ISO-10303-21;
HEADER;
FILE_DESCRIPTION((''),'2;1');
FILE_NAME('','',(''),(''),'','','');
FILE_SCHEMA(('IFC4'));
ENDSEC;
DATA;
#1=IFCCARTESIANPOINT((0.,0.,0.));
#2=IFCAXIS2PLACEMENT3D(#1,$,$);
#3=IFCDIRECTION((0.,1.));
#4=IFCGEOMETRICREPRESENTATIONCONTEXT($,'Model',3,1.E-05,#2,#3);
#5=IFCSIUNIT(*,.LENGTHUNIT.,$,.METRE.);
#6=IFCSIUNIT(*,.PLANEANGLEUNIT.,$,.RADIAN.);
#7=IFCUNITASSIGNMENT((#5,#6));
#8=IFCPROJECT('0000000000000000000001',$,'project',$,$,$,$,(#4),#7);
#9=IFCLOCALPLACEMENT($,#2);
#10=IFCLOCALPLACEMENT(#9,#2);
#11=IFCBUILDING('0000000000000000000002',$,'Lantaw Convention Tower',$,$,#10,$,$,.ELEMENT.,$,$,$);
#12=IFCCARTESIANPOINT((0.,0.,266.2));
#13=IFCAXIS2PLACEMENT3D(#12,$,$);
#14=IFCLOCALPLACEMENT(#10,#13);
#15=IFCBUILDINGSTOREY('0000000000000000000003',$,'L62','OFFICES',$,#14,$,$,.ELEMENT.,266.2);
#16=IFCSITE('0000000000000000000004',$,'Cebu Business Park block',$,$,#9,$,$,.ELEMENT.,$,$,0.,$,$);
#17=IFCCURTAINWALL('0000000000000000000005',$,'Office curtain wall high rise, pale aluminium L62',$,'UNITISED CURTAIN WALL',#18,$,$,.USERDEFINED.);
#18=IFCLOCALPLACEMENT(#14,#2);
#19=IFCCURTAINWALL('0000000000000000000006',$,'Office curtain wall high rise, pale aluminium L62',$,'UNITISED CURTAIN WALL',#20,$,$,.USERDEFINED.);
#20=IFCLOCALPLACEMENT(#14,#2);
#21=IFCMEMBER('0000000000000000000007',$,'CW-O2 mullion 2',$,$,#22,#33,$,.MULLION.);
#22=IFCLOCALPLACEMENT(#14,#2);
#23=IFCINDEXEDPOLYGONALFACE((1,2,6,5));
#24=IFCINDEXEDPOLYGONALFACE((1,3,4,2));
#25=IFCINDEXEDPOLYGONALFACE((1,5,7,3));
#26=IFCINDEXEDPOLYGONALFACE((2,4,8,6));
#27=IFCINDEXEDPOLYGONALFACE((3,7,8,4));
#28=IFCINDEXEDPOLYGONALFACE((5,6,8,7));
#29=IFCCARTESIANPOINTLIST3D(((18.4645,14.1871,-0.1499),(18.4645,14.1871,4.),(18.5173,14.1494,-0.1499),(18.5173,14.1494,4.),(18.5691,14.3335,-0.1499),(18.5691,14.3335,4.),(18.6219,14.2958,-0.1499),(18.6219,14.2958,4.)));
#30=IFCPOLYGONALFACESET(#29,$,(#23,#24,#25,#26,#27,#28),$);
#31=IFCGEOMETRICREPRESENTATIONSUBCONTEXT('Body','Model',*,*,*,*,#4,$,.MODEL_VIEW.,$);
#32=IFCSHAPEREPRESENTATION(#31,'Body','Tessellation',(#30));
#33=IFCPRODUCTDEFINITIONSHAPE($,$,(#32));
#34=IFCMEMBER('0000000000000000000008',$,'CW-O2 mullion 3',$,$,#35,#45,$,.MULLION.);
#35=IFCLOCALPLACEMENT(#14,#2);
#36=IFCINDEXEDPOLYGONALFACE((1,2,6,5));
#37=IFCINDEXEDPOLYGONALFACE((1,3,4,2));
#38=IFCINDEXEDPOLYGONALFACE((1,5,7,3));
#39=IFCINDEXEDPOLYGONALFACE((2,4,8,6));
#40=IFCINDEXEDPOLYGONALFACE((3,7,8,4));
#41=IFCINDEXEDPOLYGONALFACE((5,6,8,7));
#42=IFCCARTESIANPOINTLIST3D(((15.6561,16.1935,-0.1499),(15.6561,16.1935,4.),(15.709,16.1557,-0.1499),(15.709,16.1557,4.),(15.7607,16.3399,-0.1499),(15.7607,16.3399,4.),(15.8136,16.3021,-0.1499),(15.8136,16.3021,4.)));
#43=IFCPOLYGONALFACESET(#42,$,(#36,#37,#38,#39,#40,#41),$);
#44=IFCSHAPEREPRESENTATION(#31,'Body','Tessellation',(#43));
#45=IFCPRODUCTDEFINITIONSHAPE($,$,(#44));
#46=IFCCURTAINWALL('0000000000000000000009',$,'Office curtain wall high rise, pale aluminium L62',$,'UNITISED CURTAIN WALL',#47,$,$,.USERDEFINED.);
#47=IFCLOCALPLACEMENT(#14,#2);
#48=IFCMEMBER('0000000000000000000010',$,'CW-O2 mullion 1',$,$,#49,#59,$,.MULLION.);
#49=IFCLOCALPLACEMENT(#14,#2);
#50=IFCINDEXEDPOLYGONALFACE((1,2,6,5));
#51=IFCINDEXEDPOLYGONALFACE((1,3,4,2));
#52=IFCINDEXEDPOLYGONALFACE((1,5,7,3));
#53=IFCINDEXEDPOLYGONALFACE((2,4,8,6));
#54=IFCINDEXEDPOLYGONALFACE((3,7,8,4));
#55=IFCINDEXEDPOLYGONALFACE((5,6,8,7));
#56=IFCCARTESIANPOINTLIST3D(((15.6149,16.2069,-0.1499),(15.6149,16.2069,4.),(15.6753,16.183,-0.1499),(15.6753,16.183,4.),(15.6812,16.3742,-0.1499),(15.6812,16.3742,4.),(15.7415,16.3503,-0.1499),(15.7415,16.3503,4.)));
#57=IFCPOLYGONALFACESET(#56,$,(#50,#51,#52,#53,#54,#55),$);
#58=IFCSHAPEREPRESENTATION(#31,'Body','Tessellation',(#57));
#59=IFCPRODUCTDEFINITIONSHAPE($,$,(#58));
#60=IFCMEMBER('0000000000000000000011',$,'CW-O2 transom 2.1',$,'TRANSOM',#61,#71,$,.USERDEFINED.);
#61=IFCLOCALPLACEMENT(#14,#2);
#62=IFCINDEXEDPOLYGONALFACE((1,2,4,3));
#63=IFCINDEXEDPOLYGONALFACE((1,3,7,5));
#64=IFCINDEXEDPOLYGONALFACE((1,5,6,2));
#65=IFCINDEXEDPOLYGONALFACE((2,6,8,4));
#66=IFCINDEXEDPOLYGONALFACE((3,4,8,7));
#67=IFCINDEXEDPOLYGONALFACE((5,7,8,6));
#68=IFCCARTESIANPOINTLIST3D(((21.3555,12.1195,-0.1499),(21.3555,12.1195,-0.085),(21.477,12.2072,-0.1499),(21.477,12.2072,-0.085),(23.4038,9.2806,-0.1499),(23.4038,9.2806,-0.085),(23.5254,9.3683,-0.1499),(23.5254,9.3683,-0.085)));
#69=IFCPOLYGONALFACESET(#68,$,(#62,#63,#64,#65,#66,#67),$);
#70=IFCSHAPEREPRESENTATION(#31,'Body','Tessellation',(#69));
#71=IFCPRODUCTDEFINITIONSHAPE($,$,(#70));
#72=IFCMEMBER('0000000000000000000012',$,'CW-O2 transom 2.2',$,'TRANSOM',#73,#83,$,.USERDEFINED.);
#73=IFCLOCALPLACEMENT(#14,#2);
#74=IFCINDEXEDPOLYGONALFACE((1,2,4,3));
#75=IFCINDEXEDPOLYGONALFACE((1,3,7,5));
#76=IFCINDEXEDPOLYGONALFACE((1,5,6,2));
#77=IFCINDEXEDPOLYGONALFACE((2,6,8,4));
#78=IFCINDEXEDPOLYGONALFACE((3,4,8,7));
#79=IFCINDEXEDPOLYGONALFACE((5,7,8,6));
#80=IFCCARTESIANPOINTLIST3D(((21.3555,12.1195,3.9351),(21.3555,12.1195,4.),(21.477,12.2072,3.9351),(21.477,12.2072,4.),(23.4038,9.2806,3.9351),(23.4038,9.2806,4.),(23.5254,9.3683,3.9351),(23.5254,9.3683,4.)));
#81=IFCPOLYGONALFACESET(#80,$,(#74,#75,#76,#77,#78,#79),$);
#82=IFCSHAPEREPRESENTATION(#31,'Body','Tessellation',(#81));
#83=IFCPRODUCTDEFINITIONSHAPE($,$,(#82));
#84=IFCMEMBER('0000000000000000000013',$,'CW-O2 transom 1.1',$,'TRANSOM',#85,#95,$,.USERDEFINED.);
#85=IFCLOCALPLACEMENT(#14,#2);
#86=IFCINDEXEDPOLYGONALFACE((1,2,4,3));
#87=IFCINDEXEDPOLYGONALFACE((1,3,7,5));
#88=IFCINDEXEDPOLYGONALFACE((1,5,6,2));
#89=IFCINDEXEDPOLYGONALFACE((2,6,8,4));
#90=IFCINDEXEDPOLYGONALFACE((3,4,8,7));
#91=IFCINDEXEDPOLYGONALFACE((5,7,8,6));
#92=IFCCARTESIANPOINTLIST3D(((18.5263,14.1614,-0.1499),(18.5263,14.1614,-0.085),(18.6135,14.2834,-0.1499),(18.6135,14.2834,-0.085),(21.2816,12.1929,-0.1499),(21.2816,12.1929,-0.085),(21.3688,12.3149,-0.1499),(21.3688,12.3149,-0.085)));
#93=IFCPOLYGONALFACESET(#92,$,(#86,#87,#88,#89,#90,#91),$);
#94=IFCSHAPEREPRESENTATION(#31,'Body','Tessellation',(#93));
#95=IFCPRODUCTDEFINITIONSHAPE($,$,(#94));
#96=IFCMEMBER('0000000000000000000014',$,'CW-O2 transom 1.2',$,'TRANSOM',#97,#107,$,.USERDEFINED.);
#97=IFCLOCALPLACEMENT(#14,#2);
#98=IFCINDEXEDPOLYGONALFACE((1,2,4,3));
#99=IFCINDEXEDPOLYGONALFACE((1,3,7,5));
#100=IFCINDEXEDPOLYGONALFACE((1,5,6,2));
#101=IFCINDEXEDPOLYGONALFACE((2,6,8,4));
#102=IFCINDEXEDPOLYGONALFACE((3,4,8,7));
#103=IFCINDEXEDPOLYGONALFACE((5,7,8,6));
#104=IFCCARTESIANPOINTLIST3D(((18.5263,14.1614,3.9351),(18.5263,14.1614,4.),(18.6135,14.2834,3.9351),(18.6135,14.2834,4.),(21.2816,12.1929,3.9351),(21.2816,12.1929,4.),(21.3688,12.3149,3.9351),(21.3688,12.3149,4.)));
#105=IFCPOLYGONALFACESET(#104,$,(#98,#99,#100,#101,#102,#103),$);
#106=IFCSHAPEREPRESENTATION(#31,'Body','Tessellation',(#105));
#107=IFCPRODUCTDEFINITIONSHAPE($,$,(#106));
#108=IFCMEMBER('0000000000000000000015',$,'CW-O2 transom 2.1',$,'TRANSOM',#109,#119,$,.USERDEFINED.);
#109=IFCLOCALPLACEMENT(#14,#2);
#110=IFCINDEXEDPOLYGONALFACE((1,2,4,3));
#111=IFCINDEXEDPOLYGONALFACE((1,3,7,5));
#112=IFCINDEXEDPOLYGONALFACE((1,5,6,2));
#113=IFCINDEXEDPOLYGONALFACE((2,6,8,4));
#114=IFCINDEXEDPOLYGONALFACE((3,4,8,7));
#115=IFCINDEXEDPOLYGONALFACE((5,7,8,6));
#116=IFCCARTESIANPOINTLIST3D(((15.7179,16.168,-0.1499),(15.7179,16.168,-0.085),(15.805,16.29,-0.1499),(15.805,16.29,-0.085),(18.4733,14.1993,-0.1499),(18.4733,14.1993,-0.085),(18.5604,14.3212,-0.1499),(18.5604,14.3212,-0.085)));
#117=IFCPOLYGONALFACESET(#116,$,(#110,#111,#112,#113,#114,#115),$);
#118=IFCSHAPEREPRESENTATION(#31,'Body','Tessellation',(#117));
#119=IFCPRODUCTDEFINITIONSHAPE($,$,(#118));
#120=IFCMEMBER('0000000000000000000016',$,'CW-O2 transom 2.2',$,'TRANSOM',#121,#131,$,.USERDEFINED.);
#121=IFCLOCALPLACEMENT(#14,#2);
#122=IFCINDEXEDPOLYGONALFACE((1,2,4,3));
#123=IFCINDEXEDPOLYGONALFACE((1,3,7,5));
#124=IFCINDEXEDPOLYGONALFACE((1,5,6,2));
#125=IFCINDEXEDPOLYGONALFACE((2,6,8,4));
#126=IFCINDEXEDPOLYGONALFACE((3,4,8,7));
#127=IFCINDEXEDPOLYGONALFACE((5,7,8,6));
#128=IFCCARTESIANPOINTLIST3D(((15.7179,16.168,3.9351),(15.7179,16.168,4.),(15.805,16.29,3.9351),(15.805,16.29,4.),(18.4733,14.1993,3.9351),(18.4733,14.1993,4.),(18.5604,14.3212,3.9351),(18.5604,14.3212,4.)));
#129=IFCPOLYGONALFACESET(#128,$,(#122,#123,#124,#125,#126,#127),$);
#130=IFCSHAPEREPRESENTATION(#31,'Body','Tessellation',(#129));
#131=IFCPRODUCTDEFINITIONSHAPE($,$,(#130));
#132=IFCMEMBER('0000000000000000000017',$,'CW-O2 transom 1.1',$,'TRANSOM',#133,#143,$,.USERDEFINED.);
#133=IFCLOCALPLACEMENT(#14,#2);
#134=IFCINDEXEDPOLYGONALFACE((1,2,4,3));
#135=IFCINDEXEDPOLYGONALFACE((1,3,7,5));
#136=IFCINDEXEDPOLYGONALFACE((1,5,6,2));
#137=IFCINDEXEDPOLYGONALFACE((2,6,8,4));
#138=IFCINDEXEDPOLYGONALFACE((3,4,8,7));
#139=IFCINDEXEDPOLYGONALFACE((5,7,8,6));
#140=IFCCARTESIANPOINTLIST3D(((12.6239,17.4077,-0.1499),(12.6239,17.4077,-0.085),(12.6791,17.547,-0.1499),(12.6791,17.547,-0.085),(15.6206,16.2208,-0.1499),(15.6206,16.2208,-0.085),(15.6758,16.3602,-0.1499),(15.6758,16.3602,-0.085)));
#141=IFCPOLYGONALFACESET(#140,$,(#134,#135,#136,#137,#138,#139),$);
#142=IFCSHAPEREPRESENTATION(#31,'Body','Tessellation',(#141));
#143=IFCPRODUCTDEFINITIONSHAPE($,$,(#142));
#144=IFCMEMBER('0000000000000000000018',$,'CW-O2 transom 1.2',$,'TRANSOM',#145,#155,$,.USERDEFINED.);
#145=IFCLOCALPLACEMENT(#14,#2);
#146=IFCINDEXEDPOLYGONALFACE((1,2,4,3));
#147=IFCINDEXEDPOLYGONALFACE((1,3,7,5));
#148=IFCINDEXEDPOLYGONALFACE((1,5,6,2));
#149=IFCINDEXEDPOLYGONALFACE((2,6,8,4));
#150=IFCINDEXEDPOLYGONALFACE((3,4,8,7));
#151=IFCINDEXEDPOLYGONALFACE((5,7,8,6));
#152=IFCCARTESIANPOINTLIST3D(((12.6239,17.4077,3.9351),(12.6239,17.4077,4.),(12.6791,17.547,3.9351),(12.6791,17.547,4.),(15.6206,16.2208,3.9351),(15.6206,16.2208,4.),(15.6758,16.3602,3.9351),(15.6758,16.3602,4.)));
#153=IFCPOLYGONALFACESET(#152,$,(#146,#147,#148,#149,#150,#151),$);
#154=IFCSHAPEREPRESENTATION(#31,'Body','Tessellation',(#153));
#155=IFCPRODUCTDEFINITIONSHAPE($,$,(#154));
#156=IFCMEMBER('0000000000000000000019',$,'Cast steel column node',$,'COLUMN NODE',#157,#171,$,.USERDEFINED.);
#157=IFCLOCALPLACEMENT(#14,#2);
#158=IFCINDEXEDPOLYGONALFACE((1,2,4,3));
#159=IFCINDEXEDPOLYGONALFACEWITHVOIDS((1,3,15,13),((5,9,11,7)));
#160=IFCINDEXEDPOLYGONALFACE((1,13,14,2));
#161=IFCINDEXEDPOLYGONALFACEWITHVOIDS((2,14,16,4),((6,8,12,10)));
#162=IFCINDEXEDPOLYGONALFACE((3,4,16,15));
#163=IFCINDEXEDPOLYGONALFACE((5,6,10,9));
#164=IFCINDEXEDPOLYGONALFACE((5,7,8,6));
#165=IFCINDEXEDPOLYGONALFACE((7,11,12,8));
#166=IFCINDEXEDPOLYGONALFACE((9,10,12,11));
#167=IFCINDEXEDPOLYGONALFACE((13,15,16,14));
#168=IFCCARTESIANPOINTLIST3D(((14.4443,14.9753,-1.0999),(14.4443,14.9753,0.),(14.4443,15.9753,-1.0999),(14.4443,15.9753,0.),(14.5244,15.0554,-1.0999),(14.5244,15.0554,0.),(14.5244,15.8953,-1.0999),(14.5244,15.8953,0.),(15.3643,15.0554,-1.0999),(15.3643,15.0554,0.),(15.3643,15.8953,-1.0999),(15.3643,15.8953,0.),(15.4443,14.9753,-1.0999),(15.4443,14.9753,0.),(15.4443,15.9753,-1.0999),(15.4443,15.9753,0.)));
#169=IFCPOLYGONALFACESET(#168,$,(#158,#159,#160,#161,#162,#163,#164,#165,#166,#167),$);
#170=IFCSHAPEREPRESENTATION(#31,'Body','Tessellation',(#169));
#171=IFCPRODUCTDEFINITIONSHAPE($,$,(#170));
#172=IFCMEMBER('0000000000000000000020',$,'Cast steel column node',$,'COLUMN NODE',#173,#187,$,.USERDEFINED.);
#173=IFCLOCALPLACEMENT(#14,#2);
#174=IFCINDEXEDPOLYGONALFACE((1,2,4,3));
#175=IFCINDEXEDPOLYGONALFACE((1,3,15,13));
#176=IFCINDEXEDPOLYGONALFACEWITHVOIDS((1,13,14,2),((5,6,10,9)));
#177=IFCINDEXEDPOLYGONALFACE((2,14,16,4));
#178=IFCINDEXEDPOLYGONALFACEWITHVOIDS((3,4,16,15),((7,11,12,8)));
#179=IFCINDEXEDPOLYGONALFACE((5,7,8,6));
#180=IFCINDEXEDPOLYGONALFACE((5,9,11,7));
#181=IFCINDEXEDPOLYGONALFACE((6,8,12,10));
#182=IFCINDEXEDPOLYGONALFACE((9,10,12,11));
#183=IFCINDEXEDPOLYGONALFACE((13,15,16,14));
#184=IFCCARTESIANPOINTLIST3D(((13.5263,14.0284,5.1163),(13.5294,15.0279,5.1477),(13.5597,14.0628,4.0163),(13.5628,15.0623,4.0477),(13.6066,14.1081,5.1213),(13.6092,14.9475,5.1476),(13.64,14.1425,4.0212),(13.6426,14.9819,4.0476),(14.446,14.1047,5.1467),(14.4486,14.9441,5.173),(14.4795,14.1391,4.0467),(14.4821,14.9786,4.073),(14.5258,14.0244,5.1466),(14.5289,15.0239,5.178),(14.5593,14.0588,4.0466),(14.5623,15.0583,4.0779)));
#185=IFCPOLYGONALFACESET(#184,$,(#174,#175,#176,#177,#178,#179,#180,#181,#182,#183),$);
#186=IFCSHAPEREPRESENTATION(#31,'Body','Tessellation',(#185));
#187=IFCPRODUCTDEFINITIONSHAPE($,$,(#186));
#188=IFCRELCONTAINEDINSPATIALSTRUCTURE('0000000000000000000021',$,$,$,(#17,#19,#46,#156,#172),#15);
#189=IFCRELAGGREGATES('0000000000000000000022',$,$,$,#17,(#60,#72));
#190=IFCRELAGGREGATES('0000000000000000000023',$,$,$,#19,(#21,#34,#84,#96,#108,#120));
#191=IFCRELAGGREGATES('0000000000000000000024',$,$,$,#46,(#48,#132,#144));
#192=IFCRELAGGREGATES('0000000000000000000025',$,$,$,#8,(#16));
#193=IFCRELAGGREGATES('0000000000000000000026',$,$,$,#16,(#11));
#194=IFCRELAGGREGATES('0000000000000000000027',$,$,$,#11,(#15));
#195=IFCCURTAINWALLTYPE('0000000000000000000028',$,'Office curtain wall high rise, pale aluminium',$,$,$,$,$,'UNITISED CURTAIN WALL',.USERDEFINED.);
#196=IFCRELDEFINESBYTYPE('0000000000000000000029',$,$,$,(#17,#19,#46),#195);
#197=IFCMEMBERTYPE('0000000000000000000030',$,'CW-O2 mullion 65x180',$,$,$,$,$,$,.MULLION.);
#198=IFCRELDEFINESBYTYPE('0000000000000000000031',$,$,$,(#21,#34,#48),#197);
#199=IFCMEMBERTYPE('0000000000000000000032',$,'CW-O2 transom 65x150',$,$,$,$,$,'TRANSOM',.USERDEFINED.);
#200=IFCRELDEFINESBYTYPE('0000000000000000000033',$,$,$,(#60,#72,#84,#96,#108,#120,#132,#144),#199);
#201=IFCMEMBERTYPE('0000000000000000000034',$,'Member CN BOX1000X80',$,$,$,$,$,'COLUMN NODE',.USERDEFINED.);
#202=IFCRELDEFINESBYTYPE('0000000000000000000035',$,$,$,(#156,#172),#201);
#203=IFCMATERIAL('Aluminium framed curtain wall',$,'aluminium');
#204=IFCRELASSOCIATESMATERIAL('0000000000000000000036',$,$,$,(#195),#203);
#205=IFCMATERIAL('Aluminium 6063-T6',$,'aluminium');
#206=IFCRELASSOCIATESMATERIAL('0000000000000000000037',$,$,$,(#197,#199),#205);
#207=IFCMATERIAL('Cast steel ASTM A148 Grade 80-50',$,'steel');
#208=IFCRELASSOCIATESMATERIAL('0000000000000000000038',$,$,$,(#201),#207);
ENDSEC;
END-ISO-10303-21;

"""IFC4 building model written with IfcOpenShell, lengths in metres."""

from ifc_helpers import new_model, si_unit, direction, frame, origin, origin_2d, place, context, subcontext, project, spatial, rectangle, hollow_rectangle, extrude, material, material_profile, profile_set, type_object, element, aggregate, save


model = new_model("IFC4")

# Units and contexts
model_context = context("Model", 3, precision=1e-05, world=origin(), true_north=direction((0.0, 1.0)))
body_context = subcontext(model_context, "Body", "Model", "MODEL_VIEW")
ifc_project = project(units=[si_unit("LENGTHUNIT", "METRE"), si_unit("PLANEANGLEUNIT", "RADIAN")], contexts=[model_context])

# Site, building, storey
site_placement = place(None, origin())
site = spatial("IfcSite", under=ifc_project, at=site_placement, Name="Cebu Business Park block", CompositionType="ELEMENT", RefElevation=0.0)
building_placement = place(site_placement, origin())
building = spatial("IfcBuilding", under=site, at=building_placement, Name="Lantaw Convention Tower", CompositionType="ELEMENT")
storey_placement = place(building_placement, frame((0.0, 0.0, 266.2)))
storey = spatial("IfcBuildingStorey", under=building, at=storey_placement, Name="L62", Description="OFFICES", CompositionType="ELEMENT", Elevation=266.2)

# Curtain walls, members
ifc_material_1 = material(Name="Aluminium framed curtain wall", Category="aluminium")
curtain_wall_type = type_object("IfcCurtainWallType", Name="Office curtain wall high rise, pale aluminium", ElementType="UNITISED CURTAIN WALL", PredefinedType="USERDEFINED", material=ifc_material_1)
curtain_wall_1_placement = place(storey_placement, origin())
curtain_wall_1 = element("IfcCurtainWall", 1, at=curtain_wall_1_placement, inside=storey, type_object=curtain_wall_type, Name="Office curtain wall high rise, pale aluminium L62", ObjectType="UNITISED CURTAIN WALL", PredefinedType="USERDEFINED")
ifc_material_2 = material(Name="Aluminium 6063-T6", Category="aluminium")
ifc_material_profile_1 = material_profile(ifc_material_2, rectangle(XDim=0.1799, YDim=0.0649, at=origin_2d()), Name="CW-O2 mullion 65x180")
ifc_profile_set_1 = profile_set([ifc_material_profile_1], Name="Aluminium 6063-T6")
member_type_1 = type_object("IfcMemberType", Name="CW-O2 mullion 65x180", PredefinedType="MULLION", material=ifc_profile_set_1)
curtain_wall_2_placement = place(storey_placement, origin())
curtain_wall_2 = element("IfcCurtainWall", 2, at=curtain_wall_2_placement, inside=storey, type_object=curtain_wall_type, Name="Office curtain wall high rise, pale aluminium L62", ObjectType="UNITISED CURTAIN WALL", PredefinedType="USERDEFINED")
member_1_placement = place(storey_placement, frame((18.5432, 14.2415, -0.1499), z_axis=(0.0, 0.0, 1.0), x_axis=(-0.581323, -0.813673, 0.0)))
member_1 = element("IfcMember", 3, at=member_1_placement, type_object=member_type_1, Name="CW-O2 mullion 2", PredefinedType="MULLION", context=body_context, shape_type="SweptSolid", body=[
    extrude(rectangle(XDim=0.1799, YDim=0.0649, at=origin_2d()), origin(), (0.0, 0.0, 1.0), 4.1499),
])
member_2_placement = place(storey_placement, frame((15.7349, 16.2478, -0.1499), z_axis=(0.0, 0.0, 1.0), x_axis=(-0.581323, -0.813673, 0.0)))
member_2 = element("IfcMember", 4, at=member_2_placement, type_object=member_type_1, Name="CW-O2 mullion 3", PredefinedType="MULLION", context=body_context, shape_type="SweptSolid", body=[
    extrude(rectangle(XDim=0.1799, YDim=0.0649, at=origin_2d()), origin(), (0.0, 0.0, 1.0), 4.1499),
])

# Curtain wall, member
curtain_wall_3_placement = place(storey_placement, origin())
curtain_wall_3 = element("IfcCurtainWall", 5, at=curtain_wall_3_placement, inside=storey, type_object=curtain_wall_type, Name="Office curtain wall high rise, pale aluminium L62", ObjectType="UNITISED CURTAIN WALL", PredefinedType="USERDEFINED")
member_3_placement = place(storey_placement, frame((15.6782, 16.2786, -0.1499), z_axis=(0.0, 0.0, 1.0), x_axis=(-0.368162, -0.929762, 0.0)))
member_3 = element("IfcMember", 6, at=member_3_placement, type_object=member_type_1, Name="CW-O2 mullion 1", PredefinedType="MULLION", context=body_context, shape_type="SweptSolid", body=[
    extrude(rectangle(XDim=0.1799, YDim=0.0649, at=origin_2d()), origin(), (0.0, 0.0, 1.0), 4.1499),
])

# Members
ifc_material_profile_2 = material_profile(ifc_material_2, rectangle(XDim=0.1499, YDim=0.0649, at=origin_2d()), Name="CW-O2 transom 65x150")
ifc_profile_set_2 = profile_set([ifc_material_profile_2], Name="Aluminium 6063-T6")
member_type_2 = type_object("IfcMemberType", Name="CW-O2 transom 65x150", ElementType="TRANSOM", PredefinedType="USERDEFINED", material=ifc_profile_set_2)
member_4_placement = place(storey_placement, frame((23.4646, 9.3245, -0.1174), z_axis=(-0.585124, 0.810944, 0.0), x_axis=(-0.810944, -0.585124, 0.0)))
member_4 = element("IfcMember", 7, at=member_4_placement, type_object=member_type_2, Name="CW-O2 transom 2.1", ObjectType="TRANSOM", PredefinedType="USERDEFINED", context=body_context, shape_type="SweptSolid", body=[
    extrude(rectangle(XDim=0.1499, YDim=0.0649, at=origin_2d()), origin(), (0.0, 0.0, 1.0), 3.5007),
])
member_5_placement = place(storey_placement, frame((23.4646, 9.3245, 3.9675), z_axis=(-0.585124, 0.810944, 0.0), x_axis=(-0.810944, -0.585124, 0.0)))
member_5 = element("IfcMember", 8, at=member_5_placement, type_object=member_type_2, Name="CW-O2 transom 2.2", ObjectType="TRANSOM", PredefinedType="USERDEFINED", context=body_context, shape_type="SweptSolid", body=[
    extrude(rectangle(XDim=0.1499, YDim=0.0649, at=origin_2d()), origin(), (0.0, 0.0, 1.0), 3.5007),
])
member_6_placement = place(storey_placement, frame((21.3252, 12.2539, -0.1174), z_axis=(-0.81368, 0.581313, 0.0), x_axis=(-0.581313, -0.81368, 0.0)))
member_6 = element("IfcMember", 9, at=member_6_placement, type_object=member_type_2, Name="CW-O2 transom 1.1", ObjectType="TRANSOM", PredefinedType="USERDEFINED", context=body_context, shape_type="SweptSolid", body=[
    extrude(rectangle(XDim=0.1499, YDim=0.0649, at=origin_2d()), origin(), (0.0, 0.0, 1.0), 3.3862),
])
member_7_placement = place(storey_placement, frame((21.3252, 12.2539, 3.9675), z_axis=(-0.81368, 0.581313, 0.0), x_axis=(-0.581313, -0.81368, 0.0)))
member_7 = element("IfcMember", 10, at=member_7_placement, type_object=member_type_2, Name="CW-O2 transom 1.2", ObjectType="TRANSOM", PredefinedType="USERDEFINED", context=body_context, shape_type="SweptSolid", body=[
    extrude(rectangle(XDim=0.1499, YDim=0.0649, at=origin_2d()), origin(), (0.0, 0.0, 1.0), 3.3862),
])
member_8_placement = place(storey_placement, frame((18.5168, 14.2603, -0.1174), z_axis=(-0.813646, 0.581361, 0.0), x_axis=(-0.581361, -0.813646, 0.0)))
member_8 = element("IfcMember", 11, at=member_8_placement, type_object=member_type_2, Name="CW-O2 transom 2.1", ObjectType="TRANSOM", PredefinedType="USERDEFINED", context=body_context, shape_type="SweptSolid", body=[
    extrude(rectangle(XDim=0.1499, YDim=0.0649, at=origin_2d()), origin(), (0.0, 0.0, 1.0), 3.3865),
])
member_9_placement = place(storey_placement, frame((18.5168, 14.2603, 3.9675), z_axis=(-0.813646, 0.581361, 0.0), x_axis=(-0.581361, -0.813646, 0.0)))
member_9 = element("IfcMember", 12, at=member_9_placement, type_object=member_type_2, Name="CW-O2 transom 2.2", ObjectType="TRANSOM", PredefinedType="USERDEFINED", context=body_context, shape_type="SweptSolid", body=[
    extrude(rectangle(XDim=0.1499, YDim=0.0649, at=origin_2d()), origin(), (0.0, 0.0, 1.0), 3.3865),
])
member_10_placement = place(storey_placement, frame((15.6482, 16.2905, -0.1174), z_axis=(-0.929741, 0.368215, 0.0), x_axis=(-0.368215, -0.929741, 0.0)))
member_10 = element("IfcMember", 13, at=member_10_placement, type_object=member_type_2, Name="CW-O2 transom 1.1", ObjectType="TRANSOM", PredefinedType="USERDEFINED", context=body_context, shape_type="SweptSolid", body=[
    extrude(rectangle(XDim=0.1499, YDim=0.0649, at=origin_2d()), origin(), (0.0, 0.0, 1.0), 3.2231),
])
member_11_placement = place(storey_placement, frame((15.6482, 16.2905, 3.9675), z_axis=(-0.929741, 0.368215, 0.0), x_axis=(-0.368215, -0.929741, 0.0)))
member_11 = element("IfcMember", 14, at=member_11_placement, type_object=member_type_2, Name="CW-O2 transom 1.2", ObjectType="TRANSOM", PredefinedType="USERDEFINED", context=body_context, shape_type="SweptSolid", body=[
    extrude(rectangle(XDim=0.1499, YDim=0.0649, at=origin_2d()), origin(), (0.0, 0.0, 1.0), 3.2231),
])

# Members
ifc_material_3 = material(Name="Cast steel ASTM A148 Grade 80-50", Category="steel")
ifc_material_profile_3 = material_profile(ifc_material_3, hollow_rectangle(XDim=1.0, YDim=1.0, WallThickness=0.0801, at=origin_2d()), Name="BOX1000X80")
ifc_profile_set_3 = profile_set([ifc_material_profile_3], Name="Cast steel ASTM A148 Grade 80-50")
member_type_3 = type_object("IfcMemberType", Name="Member CN BOX1000X80", ElementType="COLUMN NODE", PredefinedType="USERDEFINED", material=ifc_profile_set_3)
member_12_placement = place(storey_placement, frame((14.9443, 15.4753, -1.0999), z_axis=(0.0, 0.0, 1.0), x_axis=(1.0, 0.0, 0.0)))
element("IfcMember", 15, at=member_12_placement, inside=storey, type_object=member_type_3, Name="Cast steel column node", ObjectType="COLUMN NODE", PredefinedType="USERDEFINED", context=body_context, shape_type="SweptSolid", body=[
    extrude(hollow_rectangle(XDim=1.0, YDim=1.0, WallThickness=0.0801, at=origin_2d()), origin(), (0.0, 0.0, 1.0), 1.0999),
])
member_13_placement = place(storey_placement, frame((14.061, 14.5605, 4.0471), z_axis=(-0.030375, -0.031262, 0.99905), x_axis=(0.999534, -0.004021, 0.030264)))
element("IfcMember", 16, at=member_13_placement, inside=storey, type_object=member_type_3, Name="Cast steel column node", ObjectType="COLUMN NODE", PredefinedType="USERDEFINED", context=body_context, shape_type="SweptSolid", body=[
    extrude(hollow_rectangle(XDim=1.0, YDim=1.0, WallThickness=0.0801, at=origin_2d()), origin(), (0.0, 0.0, 1.0), 1.1011),
])

aggregate(curtain_wall_1, [member_4, member_5])
aggregate(curtain_wall_2, [member_1, member_2, member_6, member_7, member_8, member_9])
aggregate(curtain_wall_3, [member_3, member_10, member_11])

save(model, "model.ifc")
